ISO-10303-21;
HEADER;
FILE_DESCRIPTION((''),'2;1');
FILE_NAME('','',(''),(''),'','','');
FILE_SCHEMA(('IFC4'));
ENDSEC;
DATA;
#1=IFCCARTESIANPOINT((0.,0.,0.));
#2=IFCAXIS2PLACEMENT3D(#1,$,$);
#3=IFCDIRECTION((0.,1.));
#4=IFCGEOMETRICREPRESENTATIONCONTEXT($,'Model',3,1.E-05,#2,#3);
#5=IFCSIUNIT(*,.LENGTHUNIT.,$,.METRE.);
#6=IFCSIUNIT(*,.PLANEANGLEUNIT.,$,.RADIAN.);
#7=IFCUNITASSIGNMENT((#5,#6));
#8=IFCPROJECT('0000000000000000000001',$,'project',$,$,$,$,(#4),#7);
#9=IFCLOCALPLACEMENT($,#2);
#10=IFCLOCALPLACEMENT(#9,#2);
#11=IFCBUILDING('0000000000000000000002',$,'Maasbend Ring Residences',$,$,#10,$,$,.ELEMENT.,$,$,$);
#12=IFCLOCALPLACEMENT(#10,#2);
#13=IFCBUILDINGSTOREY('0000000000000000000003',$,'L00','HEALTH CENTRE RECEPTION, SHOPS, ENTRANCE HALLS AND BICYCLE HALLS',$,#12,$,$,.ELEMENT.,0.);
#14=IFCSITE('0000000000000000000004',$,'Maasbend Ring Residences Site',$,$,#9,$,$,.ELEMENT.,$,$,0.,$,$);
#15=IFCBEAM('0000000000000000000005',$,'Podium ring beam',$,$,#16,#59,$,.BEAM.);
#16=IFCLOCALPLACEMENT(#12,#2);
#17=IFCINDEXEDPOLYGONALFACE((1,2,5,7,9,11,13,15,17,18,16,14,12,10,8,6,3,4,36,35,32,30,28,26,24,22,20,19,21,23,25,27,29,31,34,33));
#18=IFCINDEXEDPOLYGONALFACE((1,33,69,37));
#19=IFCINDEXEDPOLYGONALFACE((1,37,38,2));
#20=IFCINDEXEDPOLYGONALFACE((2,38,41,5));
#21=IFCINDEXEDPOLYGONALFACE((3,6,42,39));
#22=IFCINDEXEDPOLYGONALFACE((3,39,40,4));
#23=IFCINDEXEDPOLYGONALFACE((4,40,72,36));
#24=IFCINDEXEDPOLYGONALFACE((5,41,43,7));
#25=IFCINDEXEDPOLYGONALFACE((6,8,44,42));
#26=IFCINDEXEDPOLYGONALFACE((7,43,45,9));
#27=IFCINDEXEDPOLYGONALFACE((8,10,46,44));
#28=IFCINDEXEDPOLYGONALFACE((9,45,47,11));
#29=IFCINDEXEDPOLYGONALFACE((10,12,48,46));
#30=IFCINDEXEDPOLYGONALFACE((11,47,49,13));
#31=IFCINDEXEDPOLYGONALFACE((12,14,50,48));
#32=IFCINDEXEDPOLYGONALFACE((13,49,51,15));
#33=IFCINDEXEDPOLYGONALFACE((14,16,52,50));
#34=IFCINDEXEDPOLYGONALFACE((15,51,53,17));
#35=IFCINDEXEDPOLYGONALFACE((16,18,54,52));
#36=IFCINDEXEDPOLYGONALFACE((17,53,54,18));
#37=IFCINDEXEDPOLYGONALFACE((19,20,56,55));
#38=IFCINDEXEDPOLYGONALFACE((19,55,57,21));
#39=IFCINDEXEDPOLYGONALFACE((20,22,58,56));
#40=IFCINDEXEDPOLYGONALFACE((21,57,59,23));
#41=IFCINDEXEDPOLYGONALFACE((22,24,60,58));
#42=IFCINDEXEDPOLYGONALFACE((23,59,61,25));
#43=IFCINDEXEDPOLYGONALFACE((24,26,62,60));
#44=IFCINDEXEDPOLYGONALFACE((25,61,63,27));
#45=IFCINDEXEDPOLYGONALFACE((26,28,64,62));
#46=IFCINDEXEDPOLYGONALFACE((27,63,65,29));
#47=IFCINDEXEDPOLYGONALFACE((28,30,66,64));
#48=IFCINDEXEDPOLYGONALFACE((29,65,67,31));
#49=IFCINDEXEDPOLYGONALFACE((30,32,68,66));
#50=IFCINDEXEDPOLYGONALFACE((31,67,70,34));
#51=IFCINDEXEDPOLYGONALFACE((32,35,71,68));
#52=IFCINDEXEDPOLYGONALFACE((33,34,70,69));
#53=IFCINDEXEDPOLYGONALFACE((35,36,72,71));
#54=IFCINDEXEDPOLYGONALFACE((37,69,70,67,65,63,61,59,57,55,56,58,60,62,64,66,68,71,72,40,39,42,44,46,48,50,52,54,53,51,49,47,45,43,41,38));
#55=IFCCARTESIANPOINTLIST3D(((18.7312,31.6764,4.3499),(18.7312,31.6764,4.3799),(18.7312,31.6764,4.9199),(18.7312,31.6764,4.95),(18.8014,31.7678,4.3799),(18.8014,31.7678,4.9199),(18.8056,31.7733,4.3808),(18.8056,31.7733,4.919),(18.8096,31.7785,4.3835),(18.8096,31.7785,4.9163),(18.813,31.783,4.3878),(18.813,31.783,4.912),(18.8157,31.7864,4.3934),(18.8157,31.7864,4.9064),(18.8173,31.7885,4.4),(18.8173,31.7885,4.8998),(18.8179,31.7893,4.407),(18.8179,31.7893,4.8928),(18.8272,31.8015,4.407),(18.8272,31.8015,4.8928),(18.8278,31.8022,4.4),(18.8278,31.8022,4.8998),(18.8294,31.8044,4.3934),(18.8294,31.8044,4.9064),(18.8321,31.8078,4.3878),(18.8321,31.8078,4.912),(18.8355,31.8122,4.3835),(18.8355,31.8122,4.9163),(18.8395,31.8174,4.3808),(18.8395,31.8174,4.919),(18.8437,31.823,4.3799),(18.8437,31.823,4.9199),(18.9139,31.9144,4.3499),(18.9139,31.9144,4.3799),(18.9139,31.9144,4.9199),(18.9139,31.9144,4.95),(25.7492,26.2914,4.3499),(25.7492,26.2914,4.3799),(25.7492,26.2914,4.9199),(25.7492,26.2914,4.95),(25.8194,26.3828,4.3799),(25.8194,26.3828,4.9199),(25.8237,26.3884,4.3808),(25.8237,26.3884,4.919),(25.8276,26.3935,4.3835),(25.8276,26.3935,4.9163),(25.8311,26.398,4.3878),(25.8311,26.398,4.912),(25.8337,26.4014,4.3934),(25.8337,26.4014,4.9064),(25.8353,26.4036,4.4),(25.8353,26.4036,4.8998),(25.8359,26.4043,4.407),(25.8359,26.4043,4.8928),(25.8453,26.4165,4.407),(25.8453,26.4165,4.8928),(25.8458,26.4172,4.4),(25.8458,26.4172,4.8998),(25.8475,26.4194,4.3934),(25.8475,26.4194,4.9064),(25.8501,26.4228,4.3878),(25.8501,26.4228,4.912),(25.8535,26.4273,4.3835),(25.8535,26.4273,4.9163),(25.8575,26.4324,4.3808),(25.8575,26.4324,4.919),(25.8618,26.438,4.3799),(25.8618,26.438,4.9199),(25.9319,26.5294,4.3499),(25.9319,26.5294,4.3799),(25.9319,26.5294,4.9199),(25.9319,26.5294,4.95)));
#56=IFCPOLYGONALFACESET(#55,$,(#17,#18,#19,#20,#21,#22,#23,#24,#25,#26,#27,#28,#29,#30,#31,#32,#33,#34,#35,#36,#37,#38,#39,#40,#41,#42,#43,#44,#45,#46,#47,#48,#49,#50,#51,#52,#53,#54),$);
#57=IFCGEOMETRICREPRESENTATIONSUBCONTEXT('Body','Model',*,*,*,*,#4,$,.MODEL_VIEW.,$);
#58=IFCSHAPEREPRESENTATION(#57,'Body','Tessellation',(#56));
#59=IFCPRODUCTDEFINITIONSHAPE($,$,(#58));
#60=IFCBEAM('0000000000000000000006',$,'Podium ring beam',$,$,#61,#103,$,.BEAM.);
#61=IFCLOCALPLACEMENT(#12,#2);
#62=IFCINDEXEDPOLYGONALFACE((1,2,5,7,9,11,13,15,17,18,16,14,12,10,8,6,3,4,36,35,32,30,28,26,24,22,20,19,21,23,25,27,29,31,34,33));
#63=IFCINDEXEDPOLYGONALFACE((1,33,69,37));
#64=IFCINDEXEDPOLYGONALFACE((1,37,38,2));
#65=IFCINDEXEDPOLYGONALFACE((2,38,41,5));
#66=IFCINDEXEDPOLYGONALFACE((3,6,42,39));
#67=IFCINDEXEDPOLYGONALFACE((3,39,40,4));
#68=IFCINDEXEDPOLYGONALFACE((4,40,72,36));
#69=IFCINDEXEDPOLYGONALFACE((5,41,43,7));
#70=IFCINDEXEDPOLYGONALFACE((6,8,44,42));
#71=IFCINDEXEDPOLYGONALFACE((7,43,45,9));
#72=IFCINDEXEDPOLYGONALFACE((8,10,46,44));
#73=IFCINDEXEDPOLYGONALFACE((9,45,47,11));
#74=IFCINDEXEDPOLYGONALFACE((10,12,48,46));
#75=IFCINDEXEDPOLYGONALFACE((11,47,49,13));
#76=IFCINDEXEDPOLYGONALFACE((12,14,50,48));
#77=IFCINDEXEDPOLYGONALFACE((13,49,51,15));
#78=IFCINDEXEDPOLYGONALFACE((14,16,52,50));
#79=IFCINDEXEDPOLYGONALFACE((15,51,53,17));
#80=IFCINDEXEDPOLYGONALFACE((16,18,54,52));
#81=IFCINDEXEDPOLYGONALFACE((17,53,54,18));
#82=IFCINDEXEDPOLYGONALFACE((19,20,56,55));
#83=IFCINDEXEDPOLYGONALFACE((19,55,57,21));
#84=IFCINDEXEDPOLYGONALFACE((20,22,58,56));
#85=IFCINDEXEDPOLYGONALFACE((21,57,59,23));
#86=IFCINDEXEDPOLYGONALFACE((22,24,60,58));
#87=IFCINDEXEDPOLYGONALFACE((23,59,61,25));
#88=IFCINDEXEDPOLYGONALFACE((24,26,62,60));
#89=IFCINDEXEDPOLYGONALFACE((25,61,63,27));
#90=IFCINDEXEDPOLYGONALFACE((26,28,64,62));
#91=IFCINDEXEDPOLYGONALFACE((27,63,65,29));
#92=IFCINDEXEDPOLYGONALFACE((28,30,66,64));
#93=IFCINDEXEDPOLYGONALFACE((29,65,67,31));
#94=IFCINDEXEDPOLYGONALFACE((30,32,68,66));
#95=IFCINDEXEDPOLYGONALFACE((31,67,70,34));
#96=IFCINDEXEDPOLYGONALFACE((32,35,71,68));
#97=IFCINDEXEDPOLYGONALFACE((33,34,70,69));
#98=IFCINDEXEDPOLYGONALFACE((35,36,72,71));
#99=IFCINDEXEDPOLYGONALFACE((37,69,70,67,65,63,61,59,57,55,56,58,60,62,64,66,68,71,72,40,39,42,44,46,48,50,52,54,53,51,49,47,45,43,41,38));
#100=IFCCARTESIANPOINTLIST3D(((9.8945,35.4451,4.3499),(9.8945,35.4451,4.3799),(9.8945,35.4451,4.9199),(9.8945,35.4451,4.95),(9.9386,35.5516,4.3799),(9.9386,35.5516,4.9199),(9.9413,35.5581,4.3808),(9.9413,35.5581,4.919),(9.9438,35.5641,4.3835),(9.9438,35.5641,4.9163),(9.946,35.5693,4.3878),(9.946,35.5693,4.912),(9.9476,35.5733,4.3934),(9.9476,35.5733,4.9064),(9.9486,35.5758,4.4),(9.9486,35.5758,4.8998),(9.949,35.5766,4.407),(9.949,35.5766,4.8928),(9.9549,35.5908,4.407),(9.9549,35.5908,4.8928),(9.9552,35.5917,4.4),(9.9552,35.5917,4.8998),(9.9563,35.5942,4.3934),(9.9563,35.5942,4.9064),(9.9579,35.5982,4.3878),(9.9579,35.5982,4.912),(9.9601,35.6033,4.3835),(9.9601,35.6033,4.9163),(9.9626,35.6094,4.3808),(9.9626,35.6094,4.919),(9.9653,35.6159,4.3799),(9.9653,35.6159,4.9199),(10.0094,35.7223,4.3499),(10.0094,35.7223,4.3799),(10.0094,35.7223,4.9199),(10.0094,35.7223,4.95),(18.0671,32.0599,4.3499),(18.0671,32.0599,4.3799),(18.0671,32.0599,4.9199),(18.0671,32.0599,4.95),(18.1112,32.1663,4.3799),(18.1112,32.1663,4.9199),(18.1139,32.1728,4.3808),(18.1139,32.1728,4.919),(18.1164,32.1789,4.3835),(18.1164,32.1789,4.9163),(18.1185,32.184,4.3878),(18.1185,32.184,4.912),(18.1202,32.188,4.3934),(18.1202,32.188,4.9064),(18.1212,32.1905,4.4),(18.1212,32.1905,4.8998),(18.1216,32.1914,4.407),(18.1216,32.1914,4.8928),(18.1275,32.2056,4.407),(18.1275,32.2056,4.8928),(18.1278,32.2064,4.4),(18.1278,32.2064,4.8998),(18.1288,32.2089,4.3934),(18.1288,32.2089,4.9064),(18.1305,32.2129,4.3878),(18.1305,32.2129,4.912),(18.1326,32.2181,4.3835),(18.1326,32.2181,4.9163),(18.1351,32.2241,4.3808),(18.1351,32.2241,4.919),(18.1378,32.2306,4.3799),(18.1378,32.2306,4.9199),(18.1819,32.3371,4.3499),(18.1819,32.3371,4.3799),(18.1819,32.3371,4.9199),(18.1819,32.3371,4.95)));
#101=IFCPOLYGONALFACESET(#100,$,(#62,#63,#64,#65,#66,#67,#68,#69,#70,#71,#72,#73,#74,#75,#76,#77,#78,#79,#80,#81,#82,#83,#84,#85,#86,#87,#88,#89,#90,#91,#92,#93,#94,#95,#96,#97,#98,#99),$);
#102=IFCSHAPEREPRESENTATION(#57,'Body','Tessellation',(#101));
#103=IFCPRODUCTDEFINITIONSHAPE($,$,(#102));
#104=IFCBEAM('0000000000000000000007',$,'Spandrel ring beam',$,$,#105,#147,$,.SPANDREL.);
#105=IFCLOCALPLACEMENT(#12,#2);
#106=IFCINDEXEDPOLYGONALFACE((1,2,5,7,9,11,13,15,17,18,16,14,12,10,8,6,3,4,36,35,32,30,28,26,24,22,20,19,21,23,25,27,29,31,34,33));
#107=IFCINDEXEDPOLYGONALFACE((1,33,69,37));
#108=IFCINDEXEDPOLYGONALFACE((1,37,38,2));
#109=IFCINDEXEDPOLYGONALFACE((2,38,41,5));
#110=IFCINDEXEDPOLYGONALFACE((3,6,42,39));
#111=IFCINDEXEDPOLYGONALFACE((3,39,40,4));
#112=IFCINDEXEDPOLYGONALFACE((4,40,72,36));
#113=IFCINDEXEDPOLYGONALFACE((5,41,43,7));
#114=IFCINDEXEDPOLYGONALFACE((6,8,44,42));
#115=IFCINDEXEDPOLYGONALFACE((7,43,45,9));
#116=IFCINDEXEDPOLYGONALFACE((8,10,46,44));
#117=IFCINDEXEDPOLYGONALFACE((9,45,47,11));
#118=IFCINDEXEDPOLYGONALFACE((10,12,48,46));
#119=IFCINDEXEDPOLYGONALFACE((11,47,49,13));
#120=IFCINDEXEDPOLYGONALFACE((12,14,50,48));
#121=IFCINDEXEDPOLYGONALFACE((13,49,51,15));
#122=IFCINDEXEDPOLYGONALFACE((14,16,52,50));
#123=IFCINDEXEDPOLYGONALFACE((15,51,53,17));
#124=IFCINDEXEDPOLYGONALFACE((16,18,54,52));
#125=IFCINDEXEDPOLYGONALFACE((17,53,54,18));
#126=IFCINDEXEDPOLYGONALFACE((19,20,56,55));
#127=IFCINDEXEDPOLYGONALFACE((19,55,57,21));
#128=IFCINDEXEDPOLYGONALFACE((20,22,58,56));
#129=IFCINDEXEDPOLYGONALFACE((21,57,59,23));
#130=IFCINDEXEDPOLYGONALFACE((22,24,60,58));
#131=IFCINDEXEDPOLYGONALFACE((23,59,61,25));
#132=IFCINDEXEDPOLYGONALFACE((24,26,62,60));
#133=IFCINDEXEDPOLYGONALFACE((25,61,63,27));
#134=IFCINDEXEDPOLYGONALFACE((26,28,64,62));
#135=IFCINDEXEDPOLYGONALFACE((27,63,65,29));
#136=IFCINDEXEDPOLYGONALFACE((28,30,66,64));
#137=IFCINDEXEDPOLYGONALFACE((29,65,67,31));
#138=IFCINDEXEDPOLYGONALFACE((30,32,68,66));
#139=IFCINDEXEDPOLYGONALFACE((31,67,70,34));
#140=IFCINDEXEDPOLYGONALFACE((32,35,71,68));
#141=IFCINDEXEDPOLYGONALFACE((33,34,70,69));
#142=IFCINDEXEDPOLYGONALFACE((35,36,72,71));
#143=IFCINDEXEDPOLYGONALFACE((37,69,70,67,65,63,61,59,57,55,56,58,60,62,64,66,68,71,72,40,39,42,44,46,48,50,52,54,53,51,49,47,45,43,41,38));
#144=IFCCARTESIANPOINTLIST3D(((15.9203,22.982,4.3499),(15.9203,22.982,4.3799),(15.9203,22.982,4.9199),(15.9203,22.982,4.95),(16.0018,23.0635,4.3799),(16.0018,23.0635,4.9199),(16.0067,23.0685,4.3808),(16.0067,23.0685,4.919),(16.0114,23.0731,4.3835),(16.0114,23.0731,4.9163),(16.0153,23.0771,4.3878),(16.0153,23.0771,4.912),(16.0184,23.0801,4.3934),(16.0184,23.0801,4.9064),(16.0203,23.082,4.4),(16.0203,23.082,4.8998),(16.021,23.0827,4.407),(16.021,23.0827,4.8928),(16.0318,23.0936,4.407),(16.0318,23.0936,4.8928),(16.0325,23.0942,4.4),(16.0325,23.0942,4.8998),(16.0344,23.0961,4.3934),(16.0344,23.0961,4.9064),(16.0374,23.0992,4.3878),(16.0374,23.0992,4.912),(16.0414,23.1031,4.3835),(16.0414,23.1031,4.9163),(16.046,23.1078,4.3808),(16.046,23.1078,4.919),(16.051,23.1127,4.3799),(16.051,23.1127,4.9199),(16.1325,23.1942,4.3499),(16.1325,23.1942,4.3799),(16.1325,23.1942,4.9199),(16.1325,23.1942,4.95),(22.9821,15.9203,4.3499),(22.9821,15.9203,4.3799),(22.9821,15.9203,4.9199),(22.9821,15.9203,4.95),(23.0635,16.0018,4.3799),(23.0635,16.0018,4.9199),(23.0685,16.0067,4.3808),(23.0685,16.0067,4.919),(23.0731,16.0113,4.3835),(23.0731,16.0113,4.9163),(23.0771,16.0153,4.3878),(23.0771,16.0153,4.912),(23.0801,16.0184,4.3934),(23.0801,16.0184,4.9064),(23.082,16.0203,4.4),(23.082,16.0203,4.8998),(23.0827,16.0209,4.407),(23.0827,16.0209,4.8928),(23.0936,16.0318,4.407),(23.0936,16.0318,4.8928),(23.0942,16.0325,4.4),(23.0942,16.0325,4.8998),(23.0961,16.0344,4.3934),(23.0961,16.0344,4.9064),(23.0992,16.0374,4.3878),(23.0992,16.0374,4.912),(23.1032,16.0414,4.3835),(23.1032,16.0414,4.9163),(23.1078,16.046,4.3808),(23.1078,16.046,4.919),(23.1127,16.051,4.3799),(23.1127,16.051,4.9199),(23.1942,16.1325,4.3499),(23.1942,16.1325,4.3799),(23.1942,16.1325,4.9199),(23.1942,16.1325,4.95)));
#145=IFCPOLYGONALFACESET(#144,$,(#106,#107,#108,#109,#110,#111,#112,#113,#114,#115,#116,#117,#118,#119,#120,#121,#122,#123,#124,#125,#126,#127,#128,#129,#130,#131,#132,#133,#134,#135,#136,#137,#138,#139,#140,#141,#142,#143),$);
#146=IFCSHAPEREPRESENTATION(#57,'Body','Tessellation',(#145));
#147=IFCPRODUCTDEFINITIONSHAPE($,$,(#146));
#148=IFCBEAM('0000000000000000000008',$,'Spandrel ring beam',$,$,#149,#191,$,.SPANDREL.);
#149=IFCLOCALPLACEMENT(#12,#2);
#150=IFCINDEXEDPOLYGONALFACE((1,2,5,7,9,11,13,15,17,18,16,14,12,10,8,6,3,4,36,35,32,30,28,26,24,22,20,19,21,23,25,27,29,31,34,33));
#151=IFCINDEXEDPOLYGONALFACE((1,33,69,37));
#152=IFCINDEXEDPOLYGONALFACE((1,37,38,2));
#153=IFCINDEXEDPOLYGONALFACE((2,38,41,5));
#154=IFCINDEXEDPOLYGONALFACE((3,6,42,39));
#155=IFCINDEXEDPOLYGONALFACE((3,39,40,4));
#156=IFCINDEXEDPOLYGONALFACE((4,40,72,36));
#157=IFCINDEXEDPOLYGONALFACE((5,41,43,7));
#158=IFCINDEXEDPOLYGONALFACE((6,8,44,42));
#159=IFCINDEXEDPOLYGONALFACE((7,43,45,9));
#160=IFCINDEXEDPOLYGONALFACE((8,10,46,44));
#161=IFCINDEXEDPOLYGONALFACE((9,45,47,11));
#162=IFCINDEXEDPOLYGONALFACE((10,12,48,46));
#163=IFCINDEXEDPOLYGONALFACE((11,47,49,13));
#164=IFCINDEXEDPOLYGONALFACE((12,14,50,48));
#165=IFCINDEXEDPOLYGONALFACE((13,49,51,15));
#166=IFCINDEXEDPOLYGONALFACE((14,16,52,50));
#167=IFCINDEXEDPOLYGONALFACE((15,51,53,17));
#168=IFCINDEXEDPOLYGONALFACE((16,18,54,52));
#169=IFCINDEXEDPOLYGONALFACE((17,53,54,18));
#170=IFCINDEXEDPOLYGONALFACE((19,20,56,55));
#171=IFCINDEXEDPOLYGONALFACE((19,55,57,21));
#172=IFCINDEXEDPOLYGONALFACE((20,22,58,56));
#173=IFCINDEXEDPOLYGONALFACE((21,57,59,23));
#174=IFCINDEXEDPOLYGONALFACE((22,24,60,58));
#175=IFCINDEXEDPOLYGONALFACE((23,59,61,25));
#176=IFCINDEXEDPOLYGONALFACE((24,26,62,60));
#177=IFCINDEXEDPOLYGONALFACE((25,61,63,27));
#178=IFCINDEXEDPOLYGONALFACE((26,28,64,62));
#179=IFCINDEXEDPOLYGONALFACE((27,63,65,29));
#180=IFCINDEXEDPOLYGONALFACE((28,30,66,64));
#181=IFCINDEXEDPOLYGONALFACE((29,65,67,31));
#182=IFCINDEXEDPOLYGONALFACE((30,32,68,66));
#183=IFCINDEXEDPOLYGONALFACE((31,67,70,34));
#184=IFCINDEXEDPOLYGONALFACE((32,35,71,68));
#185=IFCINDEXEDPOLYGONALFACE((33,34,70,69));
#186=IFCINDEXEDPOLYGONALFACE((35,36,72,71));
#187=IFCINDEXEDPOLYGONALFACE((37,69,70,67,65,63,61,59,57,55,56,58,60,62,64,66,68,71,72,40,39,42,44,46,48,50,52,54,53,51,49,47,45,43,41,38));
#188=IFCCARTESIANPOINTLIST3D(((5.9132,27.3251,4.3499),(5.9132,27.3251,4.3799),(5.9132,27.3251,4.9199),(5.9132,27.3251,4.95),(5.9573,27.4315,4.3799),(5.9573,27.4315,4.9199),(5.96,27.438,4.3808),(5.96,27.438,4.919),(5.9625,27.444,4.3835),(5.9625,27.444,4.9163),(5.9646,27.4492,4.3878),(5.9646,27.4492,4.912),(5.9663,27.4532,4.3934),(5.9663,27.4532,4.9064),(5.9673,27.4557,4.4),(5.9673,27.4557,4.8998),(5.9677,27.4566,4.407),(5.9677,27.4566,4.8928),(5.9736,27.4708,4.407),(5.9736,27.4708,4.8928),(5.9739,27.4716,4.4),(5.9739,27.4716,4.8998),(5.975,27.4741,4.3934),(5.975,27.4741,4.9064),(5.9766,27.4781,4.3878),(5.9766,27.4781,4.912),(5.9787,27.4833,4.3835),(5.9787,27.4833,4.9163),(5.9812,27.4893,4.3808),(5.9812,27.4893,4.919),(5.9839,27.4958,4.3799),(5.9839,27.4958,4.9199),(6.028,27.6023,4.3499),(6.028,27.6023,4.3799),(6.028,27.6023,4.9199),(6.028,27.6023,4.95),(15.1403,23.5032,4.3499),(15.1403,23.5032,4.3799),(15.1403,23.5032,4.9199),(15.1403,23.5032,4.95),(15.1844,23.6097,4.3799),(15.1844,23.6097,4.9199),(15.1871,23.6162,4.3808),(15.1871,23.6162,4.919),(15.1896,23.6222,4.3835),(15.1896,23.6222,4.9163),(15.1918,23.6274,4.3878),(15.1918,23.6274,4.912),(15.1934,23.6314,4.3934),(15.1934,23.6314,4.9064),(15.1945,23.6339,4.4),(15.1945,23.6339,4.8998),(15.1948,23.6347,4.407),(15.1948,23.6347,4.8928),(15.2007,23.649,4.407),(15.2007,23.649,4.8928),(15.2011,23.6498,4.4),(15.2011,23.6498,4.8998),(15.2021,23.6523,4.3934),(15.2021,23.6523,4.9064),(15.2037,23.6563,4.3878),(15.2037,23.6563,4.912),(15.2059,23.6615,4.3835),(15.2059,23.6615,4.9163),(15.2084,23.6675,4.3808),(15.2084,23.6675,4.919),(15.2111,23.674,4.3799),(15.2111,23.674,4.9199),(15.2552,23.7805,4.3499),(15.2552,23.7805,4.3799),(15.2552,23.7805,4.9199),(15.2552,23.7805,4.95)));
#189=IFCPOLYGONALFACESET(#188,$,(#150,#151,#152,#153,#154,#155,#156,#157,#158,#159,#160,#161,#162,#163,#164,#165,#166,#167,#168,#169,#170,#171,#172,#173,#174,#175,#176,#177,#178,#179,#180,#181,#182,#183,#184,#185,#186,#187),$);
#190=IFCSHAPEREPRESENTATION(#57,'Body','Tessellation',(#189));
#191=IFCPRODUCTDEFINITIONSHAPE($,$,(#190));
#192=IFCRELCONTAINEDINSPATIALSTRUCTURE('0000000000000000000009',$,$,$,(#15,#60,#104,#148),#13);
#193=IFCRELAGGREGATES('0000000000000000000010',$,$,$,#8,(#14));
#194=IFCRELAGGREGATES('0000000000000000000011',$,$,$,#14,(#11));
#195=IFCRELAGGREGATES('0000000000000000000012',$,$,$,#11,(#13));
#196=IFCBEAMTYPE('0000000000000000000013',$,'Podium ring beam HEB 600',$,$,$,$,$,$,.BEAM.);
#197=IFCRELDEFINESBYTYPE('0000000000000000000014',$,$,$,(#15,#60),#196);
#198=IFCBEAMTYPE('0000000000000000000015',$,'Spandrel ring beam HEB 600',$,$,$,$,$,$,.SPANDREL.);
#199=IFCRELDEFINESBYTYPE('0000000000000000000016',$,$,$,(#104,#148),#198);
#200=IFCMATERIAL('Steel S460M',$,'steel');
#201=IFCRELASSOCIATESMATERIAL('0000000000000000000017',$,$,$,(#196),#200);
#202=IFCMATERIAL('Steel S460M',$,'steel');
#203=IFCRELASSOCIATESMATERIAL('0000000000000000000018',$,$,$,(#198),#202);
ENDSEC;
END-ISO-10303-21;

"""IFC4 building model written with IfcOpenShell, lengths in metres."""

from ifc_helpers import new_model, si_unit, direction, frame, origin, origin_2d, place, context, subcontext, project, spatial, i_section, extrude, material, material_profile, profile_set, type_object, element, save


model = new_model("IFC4")

# Units and contexts
model_context = context("Model", 3, precision=1e-05, world=origin(), true_north=direction((0.0, 1.0)))
body_context = subcontext(model_context, "Body", "Model", "MODEL_VIEW")
ifc_project = project(units=[si_unit("LENGTHUNIT", "METRE"), si_unit("PLANEANGLEUNIT", "RADIAN")], contexts=[model_context])

# Site, building, storey
site_placement = place(None, origin())
site = spatial("IfcSite", under=ifc_project, at=site_placement, Name="Maasbend Ring Residences Site", CompositionType="ELEMENT", RefElevation=0.0)
building_placement = place(site_placement, origin())
building = spatial("IfcBuilding", under=site, at=building_placement, Name="Maasbend Ring Residences", CompositionType="ELEMENT")
storey_placement = place(building_placement, origin())
storey = spatial("IfcBuildingStorey", under=building, at=storey_placement, Name="L00", Description="HEALTH CENTRE RECEPTION, SHOPS, ENTRANCE HALLS AND BICYCLE HALLS", CompositionType="ELEMENT", Elevation=0.0)

# Beams
ifc_material_1 = material(Name="Steel S460M", Category="steel")
ifc_material_profile_1 = material_profile(ifc_material_1, i_section(OverallWidth=0.3, OverallDepth=0.6001, WebThickness=0.0154, FlangeThickness=0.03, FilletRadius=0.0271, at=origin_2d()), Name="HEB 600")
ifc_profile_set_1 = profile_set([ifc_material_profile_1], Name="Steel S460M")
beam_type_1 = type_object("IfcBeamType", Name="Podium ring beam HEB 600", PredefinedType="BEAM", material=ifc_profile_set_1)
for number, where, z_axis, x_axis, name in (
    (1, (25.8406, 26.4104, 4.6499), (-0.793361, 0.608751, 0.0), (-0.608751, -0.793361, 0.0), "Podium ring beam"),
    (2, (18.1245, 32.1985, 4.6499), (-0.923878, 0.382688, 0.0), (-0.382688, -0.923878, 0.0), "Podium ring beam"),
):
    element("IfcBeam", number, at=place(storey_placement, frame(where, z_axis=z_axis, x_axis=x_axis)), inside=storey, type_object=beam_type_1, Name=name, PredefinedType="BEAM", context=body_context, shape_type="SweptSolid", body=[
        extrude(i_section(OverallWidth=0.3, OverallDepth=0.6001, WebThickness=0.0154, FlangeThickness=0.03, FilletRadius=0.0271, at=origin_2d()), origin(), (0.0, 0.0, 1.0), 8.8459),
    ])
ifc_material_2 = material(Name="Steel S460M", Category="steel")
ifc_material_profile_2 = material_profile(ifc_material_2, i_section(OverallWidth=0.3, OverallDepth=0.6001, WebThickness=0.0154, FlangeThickness=0.03, FilletRadius=0.0271, at=origin_2d()), Name="HEB 600")
ifc_profile_set_2 = profile_set([ifc_material_profile_2], Name="Steel S460M")
beam_type_2 = type_object("IfcBeamType", Name="Spandrel ring beam HEB 600", PredefinedType="SPANDREL", material=ifc_profile_set_2)
beam_1_placement = place(storey_placement, frame((23.0881, 16.0264, 4.6499), z_axis=(-0.707107, 0.707107, 0.0), x_axis=(-0.707107, -0.707107, 0.0)))
element("IfcBeam", 3, at=beam_1_placement, inside=storey, type_object=beam_type_2, Name="Spandrel ring beam", PredefinedType="SPANDREL", context=body_context, shape_type="SweptSolid", body=[
    extrude(i_section(OverallWidth=0.3, OverallDepth=0.6001, WebThickness=0.0154, FlangeThickness=0.03, FilletRadius=0.0271, at=origin_2d()), origin(), (0.0, 0.0, 1.0), 9.9868),
])
beam_2_placement = place(storey_placement, frame((15.1978, 23.6418, 4.6499), z_axis=(-0.923886, 0.382667, 0.0), x_axis=(-0.382667, -0.923886, 0.0)))
element("IfcBeam", 4, at=beam_2_placement, inside=storey, type_object=beam_type_2, Name="Spandrel ring beam", PredefinedType="SPANDREL", context=body_context, shape_type="SweptSolid", body=[
    extrude(i_section(OverallWidth=0.3, OverallDepth=0.6001, WebThickness=0.0154, FlangeThickness=0.03, FilletRadius=0.0271, at=origin_2d()), origin(), (0.0, 0.0, 1.0), 9.9873),
])

save(model, "model.ifc")
